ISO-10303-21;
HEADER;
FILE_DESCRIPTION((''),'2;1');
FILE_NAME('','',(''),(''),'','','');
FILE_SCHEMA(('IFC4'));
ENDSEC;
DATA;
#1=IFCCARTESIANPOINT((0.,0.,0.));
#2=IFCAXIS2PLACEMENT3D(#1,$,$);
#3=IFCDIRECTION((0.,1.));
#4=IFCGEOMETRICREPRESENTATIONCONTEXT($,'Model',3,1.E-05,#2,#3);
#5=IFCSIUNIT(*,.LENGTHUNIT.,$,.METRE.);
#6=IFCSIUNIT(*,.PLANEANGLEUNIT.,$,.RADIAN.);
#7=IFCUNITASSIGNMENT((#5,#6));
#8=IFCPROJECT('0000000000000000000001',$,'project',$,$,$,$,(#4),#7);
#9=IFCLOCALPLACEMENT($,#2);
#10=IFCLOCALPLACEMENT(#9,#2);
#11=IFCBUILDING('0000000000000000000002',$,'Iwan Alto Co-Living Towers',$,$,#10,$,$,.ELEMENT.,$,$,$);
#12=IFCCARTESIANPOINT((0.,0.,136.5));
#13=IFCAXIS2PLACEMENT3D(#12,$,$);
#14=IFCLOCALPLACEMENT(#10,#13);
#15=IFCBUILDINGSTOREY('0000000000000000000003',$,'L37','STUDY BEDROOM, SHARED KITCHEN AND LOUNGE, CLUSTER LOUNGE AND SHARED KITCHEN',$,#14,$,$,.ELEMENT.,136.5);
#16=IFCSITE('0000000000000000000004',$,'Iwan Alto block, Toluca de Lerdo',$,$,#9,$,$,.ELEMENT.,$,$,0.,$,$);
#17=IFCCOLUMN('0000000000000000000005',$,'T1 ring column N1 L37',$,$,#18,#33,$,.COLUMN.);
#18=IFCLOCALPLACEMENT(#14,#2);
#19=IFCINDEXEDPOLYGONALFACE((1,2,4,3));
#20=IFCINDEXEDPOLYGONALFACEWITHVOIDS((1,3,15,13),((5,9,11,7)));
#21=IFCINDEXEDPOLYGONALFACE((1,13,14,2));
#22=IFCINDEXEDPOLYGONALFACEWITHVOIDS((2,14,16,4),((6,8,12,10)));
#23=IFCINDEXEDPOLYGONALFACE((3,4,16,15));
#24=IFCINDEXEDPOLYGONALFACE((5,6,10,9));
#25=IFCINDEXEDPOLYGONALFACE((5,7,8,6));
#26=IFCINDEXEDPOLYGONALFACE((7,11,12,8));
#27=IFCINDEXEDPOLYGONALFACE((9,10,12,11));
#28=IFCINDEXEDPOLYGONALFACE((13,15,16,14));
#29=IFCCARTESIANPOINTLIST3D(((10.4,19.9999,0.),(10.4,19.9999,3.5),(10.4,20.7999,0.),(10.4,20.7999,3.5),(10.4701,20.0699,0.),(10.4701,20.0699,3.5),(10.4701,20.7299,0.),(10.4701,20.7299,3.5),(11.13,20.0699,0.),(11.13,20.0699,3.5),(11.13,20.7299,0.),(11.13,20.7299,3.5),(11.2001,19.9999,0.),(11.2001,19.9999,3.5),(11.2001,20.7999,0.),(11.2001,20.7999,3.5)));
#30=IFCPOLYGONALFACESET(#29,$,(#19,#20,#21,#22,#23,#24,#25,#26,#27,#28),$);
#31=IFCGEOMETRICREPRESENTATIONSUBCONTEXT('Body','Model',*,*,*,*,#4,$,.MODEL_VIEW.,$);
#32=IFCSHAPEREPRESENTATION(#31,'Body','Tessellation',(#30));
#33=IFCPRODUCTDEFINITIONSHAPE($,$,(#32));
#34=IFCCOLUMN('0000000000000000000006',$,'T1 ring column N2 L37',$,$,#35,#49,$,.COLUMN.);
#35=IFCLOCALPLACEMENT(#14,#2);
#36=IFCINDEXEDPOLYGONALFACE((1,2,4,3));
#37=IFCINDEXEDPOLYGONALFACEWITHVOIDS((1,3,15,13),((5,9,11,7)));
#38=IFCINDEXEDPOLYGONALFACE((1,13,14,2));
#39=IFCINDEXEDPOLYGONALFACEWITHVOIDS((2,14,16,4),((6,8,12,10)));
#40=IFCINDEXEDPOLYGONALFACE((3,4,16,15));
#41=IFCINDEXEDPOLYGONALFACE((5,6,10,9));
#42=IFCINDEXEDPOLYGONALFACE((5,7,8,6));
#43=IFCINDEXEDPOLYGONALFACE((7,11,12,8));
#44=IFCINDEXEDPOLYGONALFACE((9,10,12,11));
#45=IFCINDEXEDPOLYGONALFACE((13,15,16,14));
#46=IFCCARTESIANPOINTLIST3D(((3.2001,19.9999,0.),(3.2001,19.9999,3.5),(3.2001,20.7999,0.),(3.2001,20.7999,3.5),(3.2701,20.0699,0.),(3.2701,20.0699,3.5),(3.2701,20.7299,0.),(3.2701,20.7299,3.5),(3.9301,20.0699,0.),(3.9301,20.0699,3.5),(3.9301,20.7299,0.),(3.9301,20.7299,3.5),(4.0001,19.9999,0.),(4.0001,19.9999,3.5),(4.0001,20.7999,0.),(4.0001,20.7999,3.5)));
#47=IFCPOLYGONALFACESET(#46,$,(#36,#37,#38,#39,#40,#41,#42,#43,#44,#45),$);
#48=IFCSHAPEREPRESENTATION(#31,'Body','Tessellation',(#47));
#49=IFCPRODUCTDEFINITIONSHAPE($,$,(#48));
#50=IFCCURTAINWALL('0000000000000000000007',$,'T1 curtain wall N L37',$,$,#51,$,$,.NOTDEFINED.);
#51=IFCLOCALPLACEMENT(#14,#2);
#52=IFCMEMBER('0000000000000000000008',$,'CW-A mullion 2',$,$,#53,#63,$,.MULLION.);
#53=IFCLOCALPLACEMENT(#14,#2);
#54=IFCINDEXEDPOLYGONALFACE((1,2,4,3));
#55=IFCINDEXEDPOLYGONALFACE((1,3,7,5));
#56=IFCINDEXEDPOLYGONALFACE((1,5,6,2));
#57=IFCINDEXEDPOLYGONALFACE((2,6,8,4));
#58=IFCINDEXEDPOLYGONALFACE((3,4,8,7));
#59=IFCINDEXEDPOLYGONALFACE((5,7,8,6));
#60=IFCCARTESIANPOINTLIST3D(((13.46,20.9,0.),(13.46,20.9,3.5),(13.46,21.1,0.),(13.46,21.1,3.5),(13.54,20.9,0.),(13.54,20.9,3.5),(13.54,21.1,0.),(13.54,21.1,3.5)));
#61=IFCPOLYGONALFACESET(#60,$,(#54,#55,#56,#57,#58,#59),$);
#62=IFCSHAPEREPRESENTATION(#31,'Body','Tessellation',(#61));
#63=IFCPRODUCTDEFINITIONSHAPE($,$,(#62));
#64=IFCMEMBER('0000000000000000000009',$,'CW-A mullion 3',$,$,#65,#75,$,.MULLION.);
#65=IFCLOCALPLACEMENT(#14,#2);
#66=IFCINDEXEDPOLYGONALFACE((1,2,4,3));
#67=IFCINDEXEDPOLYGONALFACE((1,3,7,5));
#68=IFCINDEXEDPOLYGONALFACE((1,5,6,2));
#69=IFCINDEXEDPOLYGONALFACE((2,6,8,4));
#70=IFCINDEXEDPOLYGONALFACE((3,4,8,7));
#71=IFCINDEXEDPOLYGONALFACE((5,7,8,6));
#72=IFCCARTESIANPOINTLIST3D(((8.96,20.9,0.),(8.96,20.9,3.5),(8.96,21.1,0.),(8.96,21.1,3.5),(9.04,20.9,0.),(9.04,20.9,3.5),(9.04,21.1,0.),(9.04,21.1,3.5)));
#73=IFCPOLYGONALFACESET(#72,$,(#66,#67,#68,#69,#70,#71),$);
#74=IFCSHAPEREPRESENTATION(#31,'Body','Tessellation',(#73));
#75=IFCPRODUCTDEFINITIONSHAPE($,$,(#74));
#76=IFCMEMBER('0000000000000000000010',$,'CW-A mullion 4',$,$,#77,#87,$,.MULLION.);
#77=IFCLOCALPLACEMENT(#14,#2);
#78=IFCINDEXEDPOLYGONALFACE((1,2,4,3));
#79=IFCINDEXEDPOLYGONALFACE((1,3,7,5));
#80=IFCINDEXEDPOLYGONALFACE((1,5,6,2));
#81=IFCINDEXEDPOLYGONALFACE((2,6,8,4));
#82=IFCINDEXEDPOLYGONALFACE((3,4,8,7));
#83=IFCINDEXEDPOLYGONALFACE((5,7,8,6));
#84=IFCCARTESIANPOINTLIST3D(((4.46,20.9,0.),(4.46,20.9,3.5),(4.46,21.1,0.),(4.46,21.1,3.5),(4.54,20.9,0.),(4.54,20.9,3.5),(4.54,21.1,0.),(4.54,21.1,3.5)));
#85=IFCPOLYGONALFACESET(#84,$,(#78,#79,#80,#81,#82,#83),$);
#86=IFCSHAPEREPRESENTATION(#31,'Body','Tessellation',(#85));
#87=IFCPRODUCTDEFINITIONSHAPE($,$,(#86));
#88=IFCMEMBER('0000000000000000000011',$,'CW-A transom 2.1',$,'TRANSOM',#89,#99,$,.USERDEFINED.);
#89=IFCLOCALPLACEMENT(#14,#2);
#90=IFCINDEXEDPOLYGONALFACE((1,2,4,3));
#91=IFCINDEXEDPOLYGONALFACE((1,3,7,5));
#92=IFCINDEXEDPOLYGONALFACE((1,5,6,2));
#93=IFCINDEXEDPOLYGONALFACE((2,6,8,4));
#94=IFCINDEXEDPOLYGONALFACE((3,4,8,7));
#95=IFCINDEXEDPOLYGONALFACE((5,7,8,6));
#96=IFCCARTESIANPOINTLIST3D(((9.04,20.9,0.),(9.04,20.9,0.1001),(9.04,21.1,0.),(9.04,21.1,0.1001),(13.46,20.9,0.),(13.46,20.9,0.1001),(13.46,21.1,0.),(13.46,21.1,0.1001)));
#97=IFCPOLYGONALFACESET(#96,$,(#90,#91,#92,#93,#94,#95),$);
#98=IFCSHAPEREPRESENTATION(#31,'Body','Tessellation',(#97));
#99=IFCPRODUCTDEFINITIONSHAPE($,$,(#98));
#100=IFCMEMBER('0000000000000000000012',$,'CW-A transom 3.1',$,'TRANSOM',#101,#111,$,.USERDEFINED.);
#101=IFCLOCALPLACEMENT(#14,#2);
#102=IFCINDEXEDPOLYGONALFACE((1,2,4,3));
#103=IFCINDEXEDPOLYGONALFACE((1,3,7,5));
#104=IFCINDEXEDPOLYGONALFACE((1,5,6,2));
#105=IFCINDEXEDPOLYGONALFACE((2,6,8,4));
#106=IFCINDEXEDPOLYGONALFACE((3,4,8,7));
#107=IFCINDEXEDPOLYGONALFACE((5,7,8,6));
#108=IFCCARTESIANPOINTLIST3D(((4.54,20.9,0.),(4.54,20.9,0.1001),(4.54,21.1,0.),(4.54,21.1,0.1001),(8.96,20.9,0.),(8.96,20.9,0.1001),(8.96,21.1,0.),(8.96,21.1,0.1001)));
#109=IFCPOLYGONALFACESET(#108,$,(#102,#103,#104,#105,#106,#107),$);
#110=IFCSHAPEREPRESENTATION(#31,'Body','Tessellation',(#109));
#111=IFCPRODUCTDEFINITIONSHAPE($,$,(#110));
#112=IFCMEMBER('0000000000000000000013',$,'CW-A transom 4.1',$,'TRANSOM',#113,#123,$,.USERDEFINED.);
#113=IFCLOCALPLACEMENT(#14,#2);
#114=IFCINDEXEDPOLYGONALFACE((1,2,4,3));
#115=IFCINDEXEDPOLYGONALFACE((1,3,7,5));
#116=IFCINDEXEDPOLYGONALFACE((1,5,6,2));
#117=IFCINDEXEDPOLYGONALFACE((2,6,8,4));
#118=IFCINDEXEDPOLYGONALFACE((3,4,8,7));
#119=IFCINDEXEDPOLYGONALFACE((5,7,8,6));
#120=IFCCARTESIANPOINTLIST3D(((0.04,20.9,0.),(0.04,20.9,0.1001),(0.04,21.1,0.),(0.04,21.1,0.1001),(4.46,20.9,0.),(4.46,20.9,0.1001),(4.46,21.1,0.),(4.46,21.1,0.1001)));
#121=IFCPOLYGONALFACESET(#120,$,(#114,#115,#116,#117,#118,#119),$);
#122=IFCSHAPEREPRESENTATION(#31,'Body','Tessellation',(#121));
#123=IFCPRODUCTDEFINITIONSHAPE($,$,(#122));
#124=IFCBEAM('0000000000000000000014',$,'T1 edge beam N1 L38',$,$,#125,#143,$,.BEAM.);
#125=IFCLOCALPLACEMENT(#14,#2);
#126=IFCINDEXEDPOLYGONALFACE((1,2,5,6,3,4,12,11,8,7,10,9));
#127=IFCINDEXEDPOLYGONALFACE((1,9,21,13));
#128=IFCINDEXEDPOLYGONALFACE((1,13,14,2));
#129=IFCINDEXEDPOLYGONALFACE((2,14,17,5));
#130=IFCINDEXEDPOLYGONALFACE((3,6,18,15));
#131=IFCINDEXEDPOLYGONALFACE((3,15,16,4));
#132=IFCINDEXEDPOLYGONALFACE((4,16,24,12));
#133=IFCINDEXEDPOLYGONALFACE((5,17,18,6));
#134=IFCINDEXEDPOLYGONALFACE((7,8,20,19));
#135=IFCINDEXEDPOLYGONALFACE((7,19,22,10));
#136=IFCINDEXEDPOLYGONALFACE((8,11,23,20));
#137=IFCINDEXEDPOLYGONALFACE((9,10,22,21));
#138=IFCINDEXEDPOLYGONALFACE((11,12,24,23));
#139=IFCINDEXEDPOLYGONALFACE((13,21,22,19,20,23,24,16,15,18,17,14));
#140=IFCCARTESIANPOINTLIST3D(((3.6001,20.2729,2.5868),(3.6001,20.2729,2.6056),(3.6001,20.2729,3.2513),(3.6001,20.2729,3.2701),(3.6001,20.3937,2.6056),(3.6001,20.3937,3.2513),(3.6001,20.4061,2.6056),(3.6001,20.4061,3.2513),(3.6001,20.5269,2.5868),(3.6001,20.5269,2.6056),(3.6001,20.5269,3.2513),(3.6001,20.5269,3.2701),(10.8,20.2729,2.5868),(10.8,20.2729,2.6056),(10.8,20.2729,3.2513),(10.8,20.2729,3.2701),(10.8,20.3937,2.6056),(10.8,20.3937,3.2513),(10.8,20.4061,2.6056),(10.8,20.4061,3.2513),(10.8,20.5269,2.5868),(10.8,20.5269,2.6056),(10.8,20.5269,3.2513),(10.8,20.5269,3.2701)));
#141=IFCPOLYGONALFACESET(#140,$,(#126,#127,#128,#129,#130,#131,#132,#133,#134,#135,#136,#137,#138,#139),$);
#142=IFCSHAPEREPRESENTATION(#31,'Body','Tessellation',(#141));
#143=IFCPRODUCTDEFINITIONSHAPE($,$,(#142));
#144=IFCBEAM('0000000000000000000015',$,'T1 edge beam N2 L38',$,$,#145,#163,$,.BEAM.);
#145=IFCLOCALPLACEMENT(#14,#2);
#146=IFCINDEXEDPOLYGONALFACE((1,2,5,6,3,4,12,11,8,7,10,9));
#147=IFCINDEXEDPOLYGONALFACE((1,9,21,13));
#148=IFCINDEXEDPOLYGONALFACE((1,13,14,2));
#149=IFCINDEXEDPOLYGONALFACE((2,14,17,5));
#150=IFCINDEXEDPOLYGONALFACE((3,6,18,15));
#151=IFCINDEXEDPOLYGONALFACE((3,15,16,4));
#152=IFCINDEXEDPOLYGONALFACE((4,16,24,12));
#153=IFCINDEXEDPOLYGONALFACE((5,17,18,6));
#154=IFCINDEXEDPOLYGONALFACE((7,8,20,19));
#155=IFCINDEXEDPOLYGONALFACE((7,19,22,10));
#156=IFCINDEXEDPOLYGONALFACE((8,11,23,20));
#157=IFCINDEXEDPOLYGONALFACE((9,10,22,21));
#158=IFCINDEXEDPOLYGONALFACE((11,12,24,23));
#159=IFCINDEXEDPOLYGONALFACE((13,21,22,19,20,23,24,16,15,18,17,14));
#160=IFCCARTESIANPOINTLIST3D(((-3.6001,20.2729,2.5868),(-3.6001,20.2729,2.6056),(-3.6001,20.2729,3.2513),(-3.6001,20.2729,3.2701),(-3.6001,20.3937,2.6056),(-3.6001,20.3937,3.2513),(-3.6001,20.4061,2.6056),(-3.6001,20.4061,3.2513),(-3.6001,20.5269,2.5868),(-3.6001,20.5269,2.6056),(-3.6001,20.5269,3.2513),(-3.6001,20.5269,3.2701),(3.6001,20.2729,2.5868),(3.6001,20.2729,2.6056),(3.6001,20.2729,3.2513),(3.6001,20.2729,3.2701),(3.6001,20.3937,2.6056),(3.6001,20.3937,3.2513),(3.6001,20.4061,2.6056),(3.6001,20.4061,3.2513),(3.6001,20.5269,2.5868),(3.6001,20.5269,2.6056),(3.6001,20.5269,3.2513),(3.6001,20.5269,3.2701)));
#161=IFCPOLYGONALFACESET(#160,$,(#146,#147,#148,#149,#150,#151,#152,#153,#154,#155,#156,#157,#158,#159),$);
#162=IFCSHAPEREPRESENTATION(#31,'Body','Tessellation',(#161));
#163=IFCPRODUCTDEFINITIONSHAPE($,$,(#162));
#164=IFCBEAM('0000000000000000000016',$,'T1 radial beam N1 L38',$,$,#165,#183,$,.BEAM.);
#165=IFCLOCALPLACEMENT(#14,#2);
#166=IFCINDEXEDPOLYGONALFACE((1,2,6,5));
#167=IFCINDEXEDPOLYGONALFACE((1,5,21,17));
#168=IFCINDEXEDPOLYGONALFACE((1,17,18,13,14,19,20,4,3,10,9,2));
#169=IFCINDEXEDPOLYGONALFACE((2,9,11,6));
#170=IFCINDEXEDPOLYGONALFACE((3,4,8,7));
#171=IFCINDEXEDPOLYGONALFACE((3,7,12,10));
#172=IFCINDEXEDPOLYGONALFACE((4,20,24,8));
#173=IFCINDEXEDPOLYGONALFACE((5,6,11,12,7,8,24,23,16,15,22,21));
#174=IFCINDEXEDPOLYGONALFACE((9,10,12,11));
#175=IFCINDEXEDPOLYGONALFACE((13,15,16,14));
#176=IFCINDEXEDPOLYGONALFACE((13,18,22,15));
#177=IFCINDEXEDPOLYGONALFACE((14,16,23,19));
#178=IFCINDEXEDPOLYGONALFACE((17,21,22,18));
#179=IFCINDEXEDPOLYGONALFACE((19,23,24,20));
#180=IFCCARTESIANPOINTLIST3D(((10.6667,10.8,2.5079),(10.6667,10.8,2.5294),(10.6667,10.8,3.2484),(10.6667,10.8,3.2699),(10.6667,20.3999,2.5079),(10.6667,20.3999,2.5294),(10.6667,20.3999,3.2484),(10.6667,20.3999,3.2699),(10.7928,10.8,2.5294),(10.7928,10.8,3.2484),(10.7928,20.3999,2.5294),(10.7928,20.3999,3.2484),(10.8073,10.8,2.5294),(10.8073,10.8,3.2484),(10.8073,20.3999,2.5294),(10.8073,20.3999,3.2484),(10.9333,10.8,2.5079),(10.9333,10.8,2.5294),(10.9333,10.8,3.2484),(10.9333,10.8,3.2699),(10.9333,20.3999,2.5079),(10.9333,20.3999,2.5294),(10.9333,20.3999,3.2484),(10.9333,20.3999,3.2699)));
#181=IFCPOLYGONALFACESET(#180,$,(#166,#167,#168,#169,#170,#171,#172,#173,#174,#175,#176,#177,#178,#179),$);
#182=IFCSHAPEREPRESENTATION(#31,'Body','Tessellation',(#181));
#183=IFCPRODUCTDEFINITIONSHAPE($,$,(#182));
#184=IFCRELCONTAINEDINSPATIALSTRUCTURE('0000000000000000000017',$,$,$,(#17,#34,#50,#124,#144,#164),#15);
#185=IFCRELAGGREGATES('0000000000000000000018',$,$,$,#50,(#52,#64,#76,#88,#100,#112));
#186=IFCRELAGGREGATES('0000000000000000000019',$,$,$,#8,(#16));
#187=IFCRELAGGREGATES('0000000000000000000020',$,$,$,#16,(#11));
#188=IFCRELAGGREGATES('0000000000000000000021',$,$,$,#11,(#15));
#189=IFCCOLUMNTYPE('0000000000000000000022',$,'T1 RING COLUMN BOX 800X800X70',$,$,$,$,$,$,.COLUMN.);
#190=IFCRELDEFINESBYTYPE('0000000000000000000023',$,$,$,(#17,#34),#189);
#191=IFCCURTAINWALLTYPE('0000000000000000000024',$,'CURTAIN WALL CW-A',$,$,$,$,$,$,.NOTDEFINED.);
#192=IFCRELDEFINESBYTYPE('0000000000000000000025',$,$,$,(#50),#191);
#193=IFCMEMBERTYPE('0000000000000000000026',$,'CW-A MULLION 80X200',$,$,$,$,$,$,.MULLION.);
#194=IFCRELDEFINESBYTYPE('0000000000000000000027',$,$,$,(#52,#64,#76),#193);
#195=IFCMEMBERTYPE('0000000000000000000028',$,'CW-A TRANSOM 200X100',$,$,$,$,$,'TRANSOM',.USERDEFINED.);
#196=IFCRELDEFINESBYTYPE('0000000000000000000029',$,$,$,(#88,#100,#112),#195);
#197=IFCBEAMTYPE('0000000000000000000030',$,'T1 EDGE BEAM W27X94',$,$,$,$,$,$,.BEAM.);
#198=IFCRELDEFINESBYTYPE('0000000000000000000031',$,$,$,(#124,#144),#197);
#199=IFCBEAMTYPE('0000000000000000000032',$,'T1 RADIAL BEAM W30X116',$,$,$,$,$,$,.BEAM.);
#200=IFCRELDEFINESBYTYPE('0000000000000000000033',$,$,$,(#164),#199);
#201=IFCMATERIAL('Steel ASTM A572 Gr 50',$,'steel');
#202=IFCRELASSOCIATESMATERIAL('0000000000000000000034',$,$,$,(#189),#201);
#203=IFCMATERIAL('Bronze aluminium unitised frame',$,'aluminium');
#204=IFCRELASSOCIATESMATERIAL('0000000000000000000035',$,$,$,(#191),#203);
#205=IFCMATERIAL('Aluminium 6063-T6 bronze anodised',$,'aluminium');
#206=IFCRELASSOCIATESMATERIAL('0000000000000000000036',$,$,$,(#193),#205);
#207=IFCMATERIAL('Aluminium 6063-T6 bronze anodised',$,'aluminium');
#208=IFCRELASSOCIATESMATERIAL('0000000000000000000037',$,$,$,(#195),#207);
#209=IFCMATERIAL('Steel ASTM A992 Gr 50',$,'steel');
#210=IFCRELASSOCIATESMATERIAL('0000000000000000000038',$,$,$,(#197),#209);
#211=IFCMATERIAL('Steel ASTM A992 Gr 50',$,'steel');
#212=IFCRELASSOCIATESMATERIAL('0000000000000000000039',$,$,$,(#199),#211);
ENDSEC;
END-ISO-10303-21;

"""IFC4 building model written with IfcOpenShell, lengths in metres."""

from ifc_helpers import new_model, si_unit, direction, frame, origin, origin_2d, place, context, subcontext, project, spatial, rectangle, hollow_rectangle, i_section, extrude, material, material_profile, profile_set, type_object, element, aggregate, save


model = new_model("IFC4")

# Units and contexts
model_context = context("Model", 3, precision=1e-05, world=origin(), true_north=direction((0.0, 1.0)))
body_context = subcontext(model_context, "Body", "Model", "MODEL_VIEW")
ifc_project = project(units=[si_unit("LENGTHUNIT", "METRE"), si_unit("PLANEANGLEUNIT", "RADIAN")], contexts=[model_context])

# Site, building, storey
site_placement = place(None, origin())
site = spatial("IfcSite", under=ifc_project, at=site_placement, Name="Iwan Alto block, Toluca de Lerdo", CompositionType="ELEMENT", RefElevation=0.0)
building_placement = place(site_placement, origin())
building = spatial("IfcBuilding", under=site, at=building_placement, Name="Iwan Alto Co-Living Towers", CompositionType="ELEMENT")
storey_placement = place(building_placement, frame((0.0, 0.0, 136.5)))
storey = spatial("IfcBuildingStorey", under=building, at=storey_placement, Name="L37", Description="STUDY BEDROOM, SHARED KITCHEN AND LOUNGE, CLUSTER LOUNGE AND SHARED KITCHEN", CompositionType="ELEMENT", Elevation=136.5)

# Columns
ifc_material_1 = material(Name="Steel ASTM A572 Gr 50", Category="steel")
ifc_material_profile_1 = material_profile(ifc_material_1, hollow_rectangle(XDim=0.8, YDim=0.8, WallThickness=0.0701, at=origin_2d()), Name="BOX 800X800X70")
ifc_profile_set_1 = profile_set([ifc_material_profile_1], Name="Steel ASTM A572 Gr 50")
column_type = type_object("IfcColumnType", Name="T1 RING COLUMN BOX 800X800X70", PredefinedType="COLUMN", material=ifc_profile_set_1)
for number, where, z_axis, x_axis, name in (
    (1, (10.8, 20.3999, 0.0), (0.0, 0.0, 1.0), (1.0, 0.0, 0.0), "T1 ring column N1 L37"),
    (2, (3.6001, 20.3999, 0.0), (0.0, 0.0, 1.0), (1.0, 0.0, 0.0), "T1 ring column N2 L37"),
):
    element("IfcColumn", number, at=place(storey_placement, frame(where, z_axis=z_axis, x_axis=x_axis)), inside=storey, type_object=column_type, Name=name, PredefinedType="COLUMN", context=body_context, shape_type="SweptSolid", body=[
        extrude(hollow_rectangle(XDim=0.8, YDim=0.8, WallThickness=0.0701, at=origin_2d()), origin(), (0.0, 0.0, 1.0), 3.5),
    ])

# Curtain wall, members
ifc_material_2 = material(Name="Bronze aluminium unitised frame", Category="aluminium")
curtain_wall_type = type_object("IfcCurtainWallType", Name="CURTAIN WALL CW-A", PredefinedType="NOTDEFINED", material=ifc_material_2)
curtain_wall_placement = place(storey_placement, origin())
curtain_wall = element("IfcCurtainWall", 3, at=curtain_wall_placement, inside=storey, type_object=curtain_wall_type, Name="T1 curtain wall N L37", PredefinedType="NOTDEFINED")
ifc_material_3 = material(Name="Aluminium 6063-T6 bronze anodised", Category="aluminium")
ifc_material_profile_2 = material_profile(ifc_material_3, rectangle(XDim=0.2, YDim=0.0801, at=origin_2d()), Name="AL 80X200")
ifc_profile_set_2 = profile_set([ifc_material_profile_2], Name="Aluminium 6063-T6 bronze anodised")
member_type_1 = type_object("IfcMemberType", Name="CW-A MULLION 80X200", PredefinedType="MULLION", material=ifc_profile_set_2)
member_1_placement = place(storey_placement, frame((13.5, 21.0, 0.0), z_axis=(0.0, 0.0, 1.0), x_axis=(0.0, -1.0, 0.0)))
member_1 = element("IfcMember", 4, at=member_1_placement, type_object=member_type_1, Name="CW-A mullion 2", PredefinedType="MULLION", context=body_context, shape_type="SweptSolid", body=[
    extrude(rectangle(XDim=0.2, YDim=0.0801, at=origin_2d()), origin(), (0.0, 0.0, 1.0), 3.5),
])
member_2_placement = place(storey_placement, frame((9.0, 21.0, 0.0), z_axis=(0.0, 0.0, 1.0), x_axis=(0.0, -1.0, 0.0)))
member_2 = element("IfcMember", 5, at=member_2_placement, type_object=member_type_1, Name="CW-A mullion 3", PredefinedType="MULLION", context=body_context, shape_type="SweptSolid", body=[
    extrude(rectangle(XDim=0.2, YDim=0.0801, at=origin_2d()), origin(), (0.0, 0.0, 1.0), 3.5),
])
member_3_placement = place(storey_placement, frame((4.5, 21.0, 0.0), z_axis=(0.0, 0.0, 1.0), x_axis=(0.0, -1.0, 0.0)))
member_3 = element("IfcMember", 6, at=member_3_placement, type_object=member_type_1, Name="CW-A mullion 4", PredefinedType="MULLION", context=body_context, shape_type="SweptSolid", body=[
    extrude(rectangle(XDim=0.2, YDim=0.0801, at=origin_2d()), origin(), (0.0, 0.0, 1.0), 3.5),
])
ifc_material_4 = material(Name="Aluminium 6063-T6 bronze anodised", Category="aluminium")
ifc_material_profile_3 = material_profile(ifc_material_4, rectangle(XDim=0.2, YDim=0.1001, at=origin_2d()), Name="AL 200X100")
ifc_profile_set_3 = profile_set([ifc_material_profile_3], Name="Aluminium 6063-T6 bronze anodised")
member_type_2 = type_object("IfcMemberType", Name="CW-A TRANSOM 200X100", ElementType="TRANSOM", PredefinedType="USERDEFINED", material=ifc_profile_set_3)
member_4_placement = place(storey_placement, frame((13.46, 21.0, 0.05), z_axis=(-1.0, 0.0, 0.0), x_axis=(0.0, -1.0, 0.0)))
member_4 = element("IfcMember", 7, at=member_4_placement, type_object=member_type_2, Name="CW-A transom 2.1", ObjectType="TRANSOM", PredefinedType="USERDEFINED", context=body_context, shape_type="SweptSolid", body=[
    extrude(rectangle(XDim=0.2, YDim=0.1001, at=origin_2d()), origin(), (0.0, 0.0, 1.0), 4.4199),
])
member_5_placement = place(storey_placement, frame((8.96, 21.0, 0.05), z_axis=(-1.0, 0.0, 0.0), x_axis=(0.0, -1.0, 0.0)))
member_5 = element("IfcMember", 8, at=member_5_placement, type_object=member_type_2, Name="CW-A transom 3.1", ObjectType="TRANSOM", PredefinedType="USERDEFINED", context=body_context, shape_type="SweptSolid", body=[
    extrude(rectangle(XDim=0.2, YDim=0.1001, at=origin_2d()), origin(), (0.0, 0.0, 1.0), 4.4199),
])
member_6_placement = place(storey_placement, frame((4.46, 21.0, 0.05), z_axis=(-1.0, 0.0, 0.0), x_axis=(0.0, -1.0, 0.0)))
member_6 = element("IfcMember", 9, at=member_6_placement, type_object=member_type_2, Name="CW-A transom 4.1", ObjectType="TRANSOM", PredefinedType="USERDEFINED", context=body_context, shape_type="SweptSolid", body=[
    extrude(rectangle(XDim=0.2, YDim=0.1001, at=origin_2d()), origin(), (0.0, 0.0, 1.0), 4.4199),
])

# Beams
ifc_material_5 = material(Name="Steel ASTM A992 Gr 50", Category="steel")
ifc_material_profile_4 = material_profile(ifc_material_5, i_section(OverallWidth=0.2539, OverallDepth=0.6833, WebThickness=0.0125, FlangeThickness=0.0188, at=origin_2d()), Name="W27X94")
ifc_profile_set_4 = profile_set([ifc_material_profile_4], Name="Steel ASTM A992 Gr 50")
beam_type_1 = type_object("IfcBeamType", Name="T1 EDGE BEAM W27X94", PredefinedType="BEAM", material=ifc_profile_set_4)
beam_1_placement = place(storey_placement, frame((10.8, 20.3999, 2.9285), z_axis=(-1.0, 0.0, 0.0), x_axis=(0.0, -1.0, 0.0)))
element("IfcBeam", 10, at=beam_1_placement, inside=storey, type_object=beam_type_1, Name="T1 edge beam N1 L38", PredefinedType="BEAM", context=body_context, shape_type="SweptSolid", body=[
    extrude(i_section(OverallWidth=0.2539, OverallDepth=0.6833, WebThickness=0.0125, FlangeThickness=0.0188, at=origin_2d()), origin(), (0.0, 0.0, 1.0), 7.2),
])
beam_2_placement = place(storey_placement, frame((3.6001, 20.3999, 2.9285), z_axis=(-1.0, 0.0, 0.0), x_axis=(0.0, -1.0, 0.0)))
element("IfcBeam", 11, at=beam_2_placement, inside=storey, type_object=beam_type_1, Name="T1 edge beam N2 L38", PredefinedType="BEAM", context=body_context, shape_type="SweptSolid", body=[
    extrude(i_section(OverallWidth=0.2539, OverallDepth=0.6833, WebThickness=0.0125, FlangeThickness=0.0188, at=origin_2d()), origin(), (0.0, 0.0, 1.0), 7.2002),
])
ifc_material_6 = material(Name="Steel ASTM A992 Gr 50", Category="steel")
ifc_material_profile_5 = material_profile(ifc_material_6, i_section(OverallWidth=0.2666, OverallDepth=0.762, WebThickness=0.0144, FlangeThickness=0.0215, at=origin_2d()), Name="W30X116")
ifc_profile_set_5 = profile_set([ifc_material_profile_5], Name="Steel ASTM A992 Gr 50")
beam_type_2 = type_object("IfcBeamType", Name="T1 RADIAL BEAM W30X116", PredefinedType="BEAM", material=ifc_profile_set_5)
beam_3_placement = place(storey_placement, frame((10.8, 20.3999, 2.8889), z_axis=(0.0, -1.0, 0.0), x_axis=(1.0, 0.0, 0.0)))
element("IfcBeam", 12, at=beam_3_placement, inside=storey, type_object=beam_type_2, Name="T1 radial beam N1 L38", PredefinedType="BEAM", context=body_context, shape_type="SweptSolid", body=[
    extrude(i_section(OverallWidth=0.2666, OverallDepth=0.762, WebThickness=0.0144, FlangeThickness=0.0215, at=origin_2d()), origin(), (0.0, 0.0, 1.0), 9.5999),
])

aggregate(curtain_wall, [member_1, member_2, member_3, member_4, member_5, member_6])

save(model, "model.ifc")
